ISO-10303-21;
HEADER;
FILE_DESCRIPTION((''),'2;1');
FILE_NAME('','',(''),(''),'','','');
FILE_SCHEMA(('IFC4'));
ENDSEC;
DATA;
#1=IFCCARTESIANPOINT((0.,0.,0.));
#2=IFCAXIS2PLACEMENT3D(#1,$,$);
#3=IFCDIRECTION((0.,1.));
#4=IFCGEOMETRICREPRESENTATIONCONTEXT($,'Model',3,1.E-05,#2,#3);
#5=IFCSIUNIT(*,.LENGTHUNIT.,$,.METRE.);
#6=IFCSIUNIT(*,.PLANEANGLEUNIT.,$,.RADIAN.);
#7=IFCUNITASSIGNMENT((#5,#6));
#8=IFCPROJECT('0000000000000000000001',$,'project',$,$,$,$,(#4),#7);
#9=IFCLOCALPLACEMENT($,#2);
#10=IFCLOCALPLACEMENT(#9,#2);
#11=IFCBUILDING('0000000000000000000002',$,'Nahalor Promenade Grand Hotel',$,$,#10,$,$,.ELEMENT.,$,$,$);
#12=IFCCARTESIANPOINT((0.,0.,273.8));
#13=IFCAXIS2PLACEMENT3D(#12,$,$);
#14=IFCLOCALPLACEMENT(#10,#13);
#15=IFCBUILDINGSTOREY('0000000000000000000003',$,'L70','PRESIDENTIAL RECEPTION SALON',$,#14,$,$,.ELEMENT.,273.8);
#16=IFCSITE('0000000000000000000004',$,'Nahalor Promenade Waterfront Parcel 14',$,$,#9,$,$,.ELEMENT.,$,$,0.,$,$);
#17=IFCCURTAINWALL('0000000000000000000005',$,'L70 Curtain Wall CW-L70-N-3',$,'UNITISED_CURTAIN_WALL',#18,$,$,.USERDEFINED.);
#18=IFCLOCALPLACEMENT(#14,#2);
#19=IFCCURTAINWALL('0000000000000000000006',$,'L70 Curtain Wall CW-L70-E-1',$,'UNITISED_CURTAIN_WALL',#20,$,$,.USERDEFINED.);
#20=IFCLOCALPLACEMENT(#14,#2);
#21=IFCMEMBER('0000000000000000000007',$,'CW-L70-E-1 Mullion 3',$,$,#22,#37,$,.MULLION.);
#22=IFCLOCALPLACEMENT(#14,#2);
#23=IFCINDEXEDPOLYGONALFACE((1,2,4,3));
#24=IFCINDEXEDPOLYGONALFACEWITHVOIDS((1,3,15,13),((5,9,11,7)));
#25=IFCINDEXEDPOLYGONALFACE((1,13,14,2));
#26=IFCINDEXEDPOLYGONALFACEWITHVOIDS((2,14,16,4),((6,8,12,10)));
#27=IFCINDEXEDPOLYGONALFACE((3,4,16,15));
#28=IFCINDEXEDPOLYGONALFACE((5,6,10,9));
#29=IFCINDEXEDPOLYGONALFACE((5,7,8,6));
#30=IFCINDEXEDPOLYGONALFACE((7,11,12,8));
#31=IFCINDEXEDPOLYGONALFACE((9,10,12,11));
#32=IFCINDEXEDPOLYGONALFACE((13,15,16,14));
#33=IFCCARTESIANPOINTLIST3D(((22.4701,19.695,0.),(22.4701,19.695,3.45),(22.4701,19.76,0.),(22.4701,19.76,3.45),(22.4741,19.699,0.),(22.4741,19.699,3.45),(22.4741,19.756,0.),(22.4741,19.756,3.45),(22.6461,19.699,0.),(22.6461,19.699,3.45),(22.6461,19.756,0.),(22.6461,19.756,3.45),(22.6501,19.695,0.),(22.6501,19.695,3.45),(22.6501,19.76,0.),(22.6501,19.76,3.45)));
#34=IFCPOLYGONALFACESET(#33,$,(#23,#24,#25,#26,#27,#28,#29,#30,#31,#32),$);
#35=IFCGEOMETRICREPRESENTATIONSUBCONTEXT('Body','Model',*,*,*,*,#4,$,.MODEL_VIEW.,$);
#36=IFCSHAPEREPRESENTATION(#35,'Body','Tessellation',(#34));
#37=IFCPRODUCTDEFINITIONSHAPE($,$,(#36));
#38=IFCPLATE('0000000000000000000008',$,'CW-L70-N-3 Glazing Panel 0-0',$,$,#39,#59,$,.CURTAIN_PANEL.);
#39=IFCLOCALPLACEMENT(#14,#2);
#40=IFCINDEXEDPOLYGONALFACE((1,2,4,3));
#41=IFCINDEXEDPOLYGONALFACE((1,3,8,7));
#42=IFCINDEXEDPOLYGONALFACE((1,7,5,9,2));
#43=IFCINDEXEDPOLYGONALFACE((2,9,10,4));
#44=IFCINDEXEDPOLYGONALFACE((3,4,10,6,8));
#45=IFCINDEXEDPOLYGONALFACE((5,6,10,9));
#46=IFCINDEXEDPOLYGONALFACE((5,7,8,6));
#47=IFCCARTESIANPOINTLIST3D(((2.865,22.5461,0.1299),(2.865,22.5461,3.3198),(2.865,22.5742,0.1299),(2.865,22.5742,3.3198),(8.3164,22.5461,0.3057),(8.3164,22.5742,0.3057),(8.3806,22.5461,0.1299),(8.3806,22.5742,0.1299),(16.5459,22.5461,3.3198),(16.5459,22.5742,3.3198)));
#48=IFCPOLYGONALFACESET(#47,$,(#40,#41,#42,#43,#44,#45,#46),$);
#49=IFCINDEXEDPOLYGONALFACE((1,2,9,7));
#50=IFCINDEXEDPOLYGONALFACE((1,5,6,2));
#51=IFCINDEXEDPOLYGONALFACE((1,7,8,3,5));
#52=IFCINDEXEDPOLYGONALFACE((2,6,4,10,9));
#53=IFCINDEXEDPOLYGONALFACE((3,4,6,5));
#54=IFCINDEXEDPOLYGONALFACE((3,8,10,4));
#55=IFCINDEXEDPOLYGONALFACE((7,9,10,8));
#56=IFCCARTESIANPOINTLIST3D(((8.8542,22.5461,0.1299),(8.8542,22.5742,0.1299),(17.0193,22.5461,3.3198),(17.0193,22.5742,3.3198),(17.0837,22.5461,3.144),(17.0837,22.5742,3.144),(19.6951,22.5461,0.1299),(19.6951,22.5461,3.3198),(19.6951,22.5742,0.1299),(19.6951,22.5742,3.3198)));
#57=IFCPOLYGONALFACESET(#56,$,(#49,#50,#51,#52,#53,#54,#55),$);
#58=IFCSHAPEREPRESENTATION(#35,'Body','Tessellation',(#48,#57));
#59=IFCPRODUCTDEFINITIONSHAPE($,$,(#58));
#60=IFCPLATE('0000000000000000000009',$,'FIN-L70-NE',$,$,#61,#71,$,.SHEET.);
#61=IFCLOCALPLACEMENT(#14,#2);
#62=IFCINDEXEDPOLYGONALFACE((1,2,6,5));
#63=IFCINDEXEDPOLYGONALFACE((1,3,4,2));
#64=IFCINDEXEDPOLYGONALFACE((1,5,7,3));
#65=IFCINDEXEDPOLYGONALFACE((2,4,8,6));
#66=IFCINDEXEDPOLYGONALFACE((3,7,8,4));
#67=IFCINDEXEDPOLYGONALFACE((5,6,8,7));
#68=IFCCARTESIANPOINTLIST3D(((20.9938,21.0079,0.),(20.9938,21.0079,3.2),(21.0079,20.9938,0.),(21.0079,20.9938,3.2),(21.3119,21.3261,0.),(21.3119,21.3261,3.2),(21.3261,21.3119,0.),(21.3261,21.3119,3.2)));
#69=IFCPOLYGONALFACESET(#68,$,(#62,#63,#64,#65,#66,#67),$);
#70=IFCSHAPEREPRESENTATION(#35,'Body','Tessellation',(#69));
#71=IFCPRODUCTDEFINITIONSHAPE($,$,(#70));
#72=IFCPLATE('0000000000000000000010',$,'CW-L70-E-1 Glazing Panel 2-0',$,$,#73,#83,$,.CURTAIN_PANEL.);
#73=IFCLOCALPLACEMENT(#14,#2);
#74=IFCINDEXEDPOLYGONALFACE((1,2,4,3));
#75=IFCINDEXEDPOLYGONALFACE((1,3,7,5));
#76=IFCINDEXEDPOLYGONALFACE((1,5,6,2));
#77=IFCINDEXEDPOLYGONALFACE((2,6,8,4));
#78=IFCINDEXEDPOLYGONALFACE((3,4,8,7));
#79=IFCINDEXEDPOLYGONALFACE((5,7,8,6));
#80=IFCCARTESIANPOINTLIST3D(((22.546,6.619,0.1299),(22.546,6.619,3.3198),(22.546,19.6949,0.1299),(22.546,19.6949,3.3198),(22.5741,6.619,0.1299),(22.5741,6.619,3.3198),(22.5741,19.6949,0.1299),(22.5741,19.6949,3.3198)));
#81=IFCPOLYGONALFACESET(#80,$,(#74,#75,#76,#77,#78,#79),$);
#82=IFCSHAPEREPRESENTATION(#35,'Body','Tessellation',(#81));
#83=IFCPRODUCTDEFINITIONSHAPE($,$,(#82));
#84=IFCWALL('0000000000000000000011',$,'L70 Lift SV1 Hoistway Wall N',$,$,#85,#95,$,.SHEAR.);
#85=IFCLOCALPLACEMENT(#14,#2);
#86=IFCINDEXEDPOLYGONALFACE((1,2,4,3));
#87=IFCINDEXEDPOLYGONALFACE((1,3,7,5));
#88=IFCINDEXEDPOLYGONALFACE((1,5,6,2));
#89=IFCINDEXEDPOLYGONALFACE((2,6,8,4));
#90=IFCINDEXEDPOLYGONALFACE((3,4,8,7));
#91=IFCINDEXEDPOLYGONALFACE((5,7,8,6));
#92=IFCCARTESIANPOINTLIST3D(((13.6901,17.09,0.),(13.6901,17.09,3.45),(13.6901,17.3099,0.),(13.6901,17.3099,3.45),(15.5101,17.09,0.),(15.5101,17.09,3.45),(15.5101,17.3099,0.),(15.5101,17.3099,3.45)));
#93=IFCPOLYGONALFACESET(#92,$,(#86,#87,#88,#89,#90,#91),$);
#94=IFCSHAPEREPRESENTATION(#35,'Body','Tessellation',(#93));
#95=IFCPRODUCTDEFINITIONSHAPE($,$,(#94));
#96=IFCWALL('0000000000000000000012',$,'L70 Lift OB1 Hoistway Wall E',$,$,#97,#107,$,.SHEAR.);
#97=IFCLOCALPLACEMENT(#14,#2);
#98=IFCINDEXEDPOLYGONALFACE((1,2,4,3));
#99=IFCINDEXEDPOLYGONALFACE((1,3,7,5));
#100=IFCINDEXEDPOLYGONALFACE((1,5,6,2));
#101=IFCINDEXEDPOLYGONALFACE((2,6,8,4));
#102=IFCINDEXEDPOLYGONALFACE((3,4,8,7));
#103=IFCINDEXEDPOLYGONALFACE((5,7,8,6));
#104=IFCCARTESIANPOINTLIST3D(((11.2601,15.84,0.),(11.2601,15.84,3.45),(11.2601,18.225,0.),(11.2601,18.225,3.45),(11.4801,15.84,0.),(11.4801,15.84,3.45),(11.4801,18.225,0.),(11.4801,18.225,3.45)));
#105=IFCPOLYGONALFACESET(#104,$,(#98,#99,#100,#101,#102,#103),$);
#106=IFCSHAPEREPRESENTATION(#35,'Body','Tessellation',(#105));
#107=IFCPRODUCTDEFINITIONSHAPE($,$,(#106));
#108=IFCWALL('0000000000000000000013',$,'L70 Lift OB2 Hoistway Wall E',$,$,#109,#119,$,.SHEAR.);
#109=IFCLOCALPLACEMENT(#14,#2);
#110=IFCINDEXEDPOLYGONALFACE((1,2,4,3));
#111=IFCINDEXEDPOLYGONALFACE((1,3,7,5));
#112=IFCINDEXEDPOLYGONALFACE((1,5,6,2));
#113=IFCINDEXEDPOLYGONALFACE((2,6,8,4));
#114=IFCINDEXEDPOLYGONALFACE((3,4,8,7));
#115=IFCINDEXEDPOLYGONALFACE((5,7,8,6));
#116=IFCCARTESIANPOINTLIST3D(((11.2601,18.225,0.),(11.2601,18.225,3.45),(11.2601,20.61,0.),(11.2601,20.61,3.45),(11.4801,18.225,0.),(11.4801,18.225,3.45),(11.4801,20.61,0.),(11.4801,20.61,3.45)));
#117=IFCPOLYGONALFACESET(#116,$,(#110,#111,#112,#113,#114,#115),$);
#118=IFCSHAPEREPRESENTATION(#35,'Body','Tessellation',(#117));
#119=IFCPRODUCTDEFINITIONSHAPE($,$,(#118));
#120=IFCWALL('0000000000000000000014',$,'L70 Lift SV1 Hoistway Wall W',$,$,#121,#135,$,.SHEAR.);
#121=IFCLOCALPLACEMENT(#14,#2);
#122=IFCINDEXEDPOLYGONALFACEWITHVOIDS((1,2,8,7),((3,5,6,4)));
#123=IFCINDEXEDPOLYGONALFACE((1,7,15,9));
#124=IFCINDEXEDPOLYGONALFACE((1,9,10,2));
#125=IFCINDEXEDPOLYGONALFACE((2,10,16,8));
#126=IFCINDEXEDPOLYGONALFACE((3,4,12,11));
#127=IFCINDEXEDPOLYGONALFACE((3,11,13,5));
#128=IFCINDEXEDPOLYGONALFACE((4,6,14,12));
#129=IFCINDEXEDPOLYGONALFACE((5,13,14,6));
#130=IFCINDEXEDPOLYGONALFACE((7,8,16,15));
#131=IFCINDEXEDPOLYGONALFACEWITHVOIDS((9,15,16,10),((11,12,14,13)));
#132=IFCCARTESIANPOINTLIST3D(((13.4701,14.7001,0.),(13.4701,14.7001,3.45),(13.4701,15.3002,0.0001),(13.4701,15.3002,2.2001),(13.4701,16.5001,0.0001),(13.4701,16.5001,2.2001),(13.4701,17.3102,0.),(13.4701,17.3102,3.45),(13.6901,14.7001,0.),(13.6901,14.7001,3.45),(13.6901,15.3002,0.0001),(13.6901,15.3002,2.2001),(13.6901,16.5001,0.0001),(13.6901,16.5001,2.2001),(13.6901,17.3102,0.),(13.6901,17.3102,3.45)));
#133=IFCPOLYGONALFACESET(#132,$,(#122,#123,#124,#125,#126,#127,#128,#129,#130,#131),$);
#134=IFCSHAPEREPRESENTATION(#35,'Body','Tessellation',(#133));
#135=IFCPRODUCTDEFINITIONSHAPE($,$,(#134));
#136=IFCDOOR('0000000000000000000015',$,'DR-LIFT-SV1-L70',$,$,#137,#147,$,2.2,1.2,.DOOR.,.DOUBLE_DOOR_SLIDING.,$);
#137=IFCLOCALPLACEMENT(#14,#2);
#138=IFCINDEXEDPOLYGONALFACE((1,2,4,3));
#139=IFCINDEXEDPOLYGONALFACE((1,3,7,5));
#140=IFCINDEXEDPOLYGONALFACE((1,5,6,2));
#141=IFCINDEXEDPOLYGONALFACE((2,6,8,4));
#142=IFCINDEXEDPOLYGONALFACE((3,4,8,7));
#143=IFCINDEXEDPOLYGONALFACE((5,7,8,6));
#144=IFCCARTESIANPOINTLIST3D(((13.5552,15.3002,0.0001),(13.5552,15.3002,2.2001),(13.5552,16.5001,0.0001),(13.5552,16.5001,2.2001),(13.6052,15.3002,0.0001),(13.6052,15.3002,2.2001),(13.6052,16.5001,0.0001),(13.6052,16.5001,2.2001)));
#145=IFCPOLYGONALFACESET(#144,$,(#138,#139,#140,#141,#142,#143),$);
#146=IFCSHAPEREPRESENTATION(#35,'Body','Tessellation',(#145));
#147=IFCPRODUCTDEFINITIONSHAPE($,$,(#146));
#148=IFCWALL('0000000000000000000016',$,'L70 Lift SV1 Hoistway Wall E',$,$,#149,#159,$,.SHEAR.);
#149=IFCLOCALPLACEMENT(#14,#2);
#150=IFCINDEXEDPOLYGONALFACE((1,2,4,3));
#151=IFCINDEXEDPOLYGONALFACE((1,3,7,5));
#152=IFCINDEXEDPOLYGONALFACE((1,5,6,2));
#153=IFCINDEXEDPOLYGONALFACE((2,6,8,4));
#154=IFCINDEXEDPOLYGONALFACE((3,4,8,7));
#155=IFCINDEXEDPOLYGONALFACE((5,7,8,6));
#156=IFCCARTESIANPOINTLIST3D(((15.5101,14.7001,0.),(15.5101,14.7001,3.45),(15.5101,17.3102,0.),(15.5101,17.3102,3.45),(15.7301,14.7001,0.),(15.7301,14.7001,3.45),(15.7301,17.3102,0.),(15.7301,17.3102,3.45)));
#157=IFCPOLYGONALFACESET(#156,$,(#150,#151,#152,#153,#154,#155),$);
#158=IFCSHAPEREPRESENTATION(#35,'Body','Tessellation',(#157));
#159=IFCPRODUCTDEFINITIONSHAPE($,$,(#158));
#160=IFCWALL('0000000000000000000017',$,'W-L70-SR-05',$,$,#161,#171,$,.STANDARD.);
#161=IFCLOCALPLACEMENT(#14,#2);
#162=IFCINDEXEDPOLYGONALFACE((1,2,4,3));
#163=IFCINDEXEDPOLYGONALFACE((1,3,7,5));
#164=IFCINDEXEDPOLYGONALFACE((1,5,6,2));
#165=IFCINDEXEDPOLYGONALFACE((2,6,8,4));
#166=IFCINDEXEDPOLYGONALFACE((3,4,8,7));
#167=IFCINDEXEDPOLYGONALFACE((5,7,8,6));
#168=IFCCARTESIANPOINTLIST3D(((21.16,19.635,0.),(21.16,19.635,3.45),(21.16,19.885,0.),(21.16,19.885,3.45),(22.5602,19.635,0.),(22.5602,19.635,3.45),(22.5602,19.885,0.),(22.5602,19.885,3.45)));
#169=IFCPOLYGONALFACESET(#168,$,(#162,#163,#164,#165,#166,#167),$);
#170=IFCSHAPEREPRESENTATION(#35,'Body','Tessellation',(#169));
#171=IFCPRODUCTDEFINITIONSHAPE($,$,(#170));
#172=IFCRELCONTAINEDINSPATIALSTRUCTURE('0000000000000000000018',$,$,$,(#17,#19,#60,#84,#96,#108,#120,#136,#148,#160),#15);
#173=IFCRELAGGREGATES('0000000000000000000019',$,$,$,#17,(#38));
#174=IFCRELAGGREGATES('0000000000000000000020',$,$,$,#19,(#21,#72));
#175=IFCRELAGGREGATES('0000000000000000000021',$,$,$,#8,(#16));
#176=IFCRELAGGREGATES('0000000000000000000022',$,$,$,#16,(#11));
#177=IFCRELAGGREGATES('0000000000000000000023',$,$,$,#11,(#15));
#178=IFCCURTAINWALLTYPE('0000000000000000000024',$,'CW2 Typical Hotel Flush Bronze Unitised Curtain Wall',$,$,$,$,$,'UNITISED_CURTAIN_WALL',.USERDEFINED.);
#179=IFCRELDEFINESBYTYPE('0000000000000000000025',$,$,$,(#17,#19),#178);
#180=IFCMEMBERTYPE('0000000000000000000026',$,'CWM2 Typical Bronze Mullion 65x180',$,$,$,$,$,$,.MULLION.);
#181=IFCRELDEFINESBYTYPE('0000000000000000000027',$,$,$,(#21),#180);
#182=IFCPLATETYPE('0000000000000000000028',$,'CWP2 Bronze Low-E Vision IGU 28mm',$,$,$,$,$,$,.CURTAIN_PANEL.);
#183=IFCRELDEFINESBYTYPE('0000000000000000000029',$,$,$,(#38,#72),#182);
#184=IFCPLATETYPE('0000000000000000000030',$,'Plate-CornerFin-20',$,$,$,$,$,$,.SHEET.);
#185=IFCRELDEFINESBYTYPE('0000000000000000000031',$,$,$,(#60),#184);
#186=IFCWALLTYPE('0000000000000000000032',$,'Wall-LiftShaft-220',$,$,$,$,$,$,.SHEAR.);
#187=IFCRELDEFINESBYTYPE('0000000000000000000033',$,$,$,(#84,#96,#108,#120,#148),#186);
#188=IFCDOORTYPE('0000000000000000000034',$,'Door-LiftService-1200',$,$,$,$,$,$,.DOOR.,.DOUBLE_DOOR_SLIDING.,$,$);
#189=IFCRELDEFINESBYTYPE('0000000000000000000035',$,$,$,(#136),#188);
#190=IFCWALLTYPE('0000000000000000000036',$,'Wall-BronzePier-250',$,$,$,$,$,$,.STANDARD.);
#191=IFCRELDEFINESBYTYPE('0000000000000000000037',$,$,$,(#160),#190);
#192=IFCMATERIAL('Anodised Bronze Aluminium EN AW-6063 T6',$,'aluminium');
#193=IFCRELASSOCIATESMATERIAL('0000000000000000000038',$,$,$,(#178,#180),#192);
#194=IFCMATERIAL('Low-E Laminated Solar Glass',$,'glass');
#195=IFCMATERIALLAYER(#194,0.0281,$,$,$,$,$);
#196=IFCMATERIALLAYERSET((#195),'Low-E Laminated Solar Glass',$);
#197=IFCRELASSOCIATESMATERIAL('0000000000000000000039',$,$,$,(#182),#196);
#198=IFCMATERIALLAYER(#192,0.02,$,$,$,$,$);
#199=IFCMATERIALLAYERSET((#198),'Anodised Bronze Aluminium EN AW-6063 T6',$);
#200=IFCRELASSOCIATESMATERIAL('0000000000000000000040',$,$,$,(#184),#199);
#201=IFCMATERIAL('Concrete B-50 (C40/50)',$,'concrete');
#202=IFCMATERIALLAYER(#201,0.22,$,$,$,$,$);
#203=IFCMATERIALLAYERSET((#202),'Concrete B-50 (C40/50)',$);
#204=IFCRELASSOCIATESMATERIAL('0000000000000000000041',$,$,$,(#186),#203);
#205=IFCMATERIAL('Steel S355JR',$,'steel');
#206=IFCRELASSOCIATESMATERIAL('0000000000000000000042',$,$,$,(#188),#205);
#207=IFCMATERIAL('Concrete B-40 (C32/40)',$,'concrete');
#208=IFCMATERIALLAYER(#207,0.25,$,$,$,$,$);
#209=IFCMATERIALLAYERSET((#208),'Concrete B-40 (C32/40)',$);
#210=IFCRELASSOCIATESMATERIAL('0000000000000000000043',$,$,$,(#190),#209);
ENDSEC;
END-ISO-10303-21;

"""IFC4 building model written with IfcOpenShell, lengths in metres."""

from ifc_helpers import new_model, si_unit, direction, frame, frame_2d, origin, origin_2d, place, context, subcontext, project, spatial, polyline, rectangle, hollow_rectangle, outline, extrude, source, transform, mapped, material, layer, layer_set, material_profile, profile_set, type_object, element, fill, aggregate, save


model = new_model("IFC4")

# Units and contexts
model_context = context("Model", 3, precision=1e-05, world=origin(), true_north=direction((0.0, 1.0)))
body_context = subcontext(model_context, "Body", "Model", "MODEL_VIEW")
ifc_project = project(units=[si_unit("LENGTHUNIT", "METRE"), si_unit("PLANEANGLEUNIT", "RADIAN")], contexts=[model_context])

# Site, building, storey
site_placement = place(None, origin())
site = spatial("IfcSite", under=ifc_project, at=site_placement, Name="Nahalor Promenade Waterfront Parcel 14", CompositionType="ELEMENT", RefElevation=0.0)
building_placement = place(site_placement, origin())
building = spatial("IfcBuilding", under=site, at=building_placement, Name="Nahalor Promenade Grand Hotel", CompositionType="ELEMENT")
storey_placement = place(building_placement, frame((0.0, 0.0, 273.8)))
storey = spatial("IfcBuildingStorey", under=building, at=storey_placement, Name="L70", Description="PRESIDENTIAL RECEPTION SALON", CompositionType="ELEMENT", Elevation=273.8)

# Shared definitions
ifc_material_1 = material(Name="Concrete B-50 (C40/50)", Category="concrete")
ifc_material_2 = material(Name="Steel S355JR", Category="steel")

# Curtain walls, member
ifc_material_3 = material(Name="Anodised Bronze Aluminium EN AW-6063 T6", Category="aluminium")
curtain_wall_type = type_object("IfcCurtainWallType", Name="CW2 Typical Hotel Flush Bronze Unitised Curtain Wall", ElementType="UNITISED_CURTAIN_WALL", PredefinedType="USERDEFINED", material=ifc_material_3)
curtain_wall_1_placement = place(storey_placement, origin())
curtain_wall_1 = element("IfcCurtainWall", 1, at=curtain_wall_1_placement, inside=storey, type_object=curtain_wall_type, Name="L70 Curtain Wall CW-L70-N-3", ObjectType="UNITISED_CURTAIN_WALL", PredefinedType="USERDEFINED")
ifc_material_profile_1 = material_profile(ifc_material_3, hollow_rectangle(XDim=0.065, YDim=0.18, WallThickness=0.004, at=origin_2d()), Name="CWM 65x180x4")
ifc_profile_set_1 = profile_set([ifc_material_profile_1], Name="Anodised Bronze Aluminium EN AW-6063 T6")
member_type = type_object("IfcMemberType", Name="CWM2 Typical Bronze Mullion 65x180", PredefinedType="MULLION", material=ifc_profile_set_1)
shared_shape_1 = source(origin(), body_context, "Body", "SweptSolid", [
    extrude(hollow_rectangle(XDim=0.065, YDim=0.18, WallThickness=0.004, at=origin_2d()), origin(), (0.0, 0.0, 1.0), 3.45),
])
curtain_wall_2_placement = place(storey_placement, origin())
curtain_wall_2 = element("IfcCurtainWall", 2, at=curtain_wall_2_placement, inside=storey, type_object=curtain_wall_type, Name="L70 Curtain Wall CW-L70-E-1", ObjectType="UNITISED_CURTAIN_WALL", PredefinedType="USERDEFINED")
member_1_placement = place(storey_placement, frame((22.5601, 19.7275, 0.0), z_axis=(0.0, 0.0, 1.0), x_axis=(0.0, 1.0, 0.0)))
member_1 = element("IfcMember", 3, at=member_1_placement, type_object=member_type, Name="CW-L70-E-1 Mullion 3", PredefinedType="MULLION", context=body_context, shape_type="MappedRepresentation", body=[
    mapped(shared_shape_1, transform((0.0, 0.0, 0.0), scale=1.0)),
])

# Plates
ifc_material_4 = material(Name="Low-E Laminated Solar Glass", Category="glass")
ifc_layer_1 = layer(ifc_material_4, 0.0281)
ifc_layer_set_1 = layer_set([ifc_layer_1], Name="Low-E Laminated Solar Glass")
plate_type_1 = type_object("IfcPlateType", Name="CWP2 Bronze Low-E Vision IGU 28mm", PredefinedType="CURTAIN_PANEL", material=ifc_layer_set_1)
plate_1_placement = place(storey_placement, frame((11.28, 22.5601, 0.1299), z_axis=(0.0, 0.0, 1.0), x_axis=(1.0, 0.0, 0.0)))
plate_1 = element("IfcPlate", 4, at=plate_1_placement, type_object=plate_type_1, Name="CW-L70-N-3 Glazing Panel 0-0", PredefinedType="CURTAIN_PANEL", context=body_context, shape_type="SweptSolid", body=[
    extrude(outline(polyline([(-8.415, 3.1899), (-8.415, 0.0), (-2.8994, 0.0), (-2.9636, 0.1758), (5.2659, 3.1899), (-8.415, 3.1899)])), frame((0.0, 0.0142, 0.0), z_axis=(0.0, -1.0, 0.0), x_axis=(1.0, 0.0, 0.0)), (0.0, 0.0, 1.0), 0.0281),
    extrude(outline(polyline([(8.415, 0.0), (8.415, 3.1899), (5.7393, 3.1899), (5.8037, 3.0142), (-2.4258, 0.0), (8.415, 0.0)])), frame((0.0, 0.0142, 0.0), z_axis=(0.0, -1.0, 0.0), x_axis=(1.0, 0.0, 0.0)), (0.0, 0.0, 1.0), 0.0281),
])
aggregate(curtain_wall_1, [plate_1])
ifc_layer_2 = layer(ifc_material_3, 0.02)
ifc_layer_set_2 = layer_set([ifc_layer_2], Name="Anodised Bronze Aluminium EN AW-6063 T6")
plate_type_2 = type_object("IfcPlateType", Name="Plate-CornerFin-20", PredefinedType="SHEET", material=ifc_layer_set_2)
shared_shape_2 = source(origin(), body_context, "Body", "SweptSolid", [
    extrude(rectangle(XDim=0.45, YDim=0.02, at=origin_2d()), origin(), (0.0, 0.0, 1.0), 3.2),
])
plate_2_placement = place(storey_placement, frame((21.1599, 21.1599, 0.0), z_axis=(0.0, 0.0, 1.0), x_axis=(0.707107, 0.707107, 0.0)))
element("IfcPlate", 5, at=plate_2_placement, inside=storey, type_object=plate_type_2, Name="FIN-L70-NE", PredefinedType="SHEET", context=body_context, shape_type="MappedRepresentation", body=[
    mapped(shared_shape_2, transform((0.0, 0.0, 0.0), scale=1.0)),
])
shared_shape_3 = source(origin(), body_context, "Body", "SweptSolid", [
    extrude(rectangle(XDim=13.0759, YDim=0.0281, at=origin_2d()), origin(), (0.0, 0.0, 1.0), 3.1899),
])
plate_3_placement = place(storey_placement, frame((22.5601, 13.157, 0.1299), z_axis=(0.0, 0.0, 1.0), x_axis=(0.0, 1.0, 0.0)))
plate_3 = element("IfcPlate", 6, at=plate_3_placement, type_object=plate_type_1, Name="CW-L70-E-1 Glazing Panel 2-0", PredefinedType="CURTAIN_PANEL", context=body_context, shape_type="MappedRepresentation", body=[
    mapped(shared_shape_3, transform((0.0, 0.0, 0.0), scale=1.0)),
])
aggregate(curtain_wall_2, [member_1, plate_3])

# Walls
ifc_layer_3 = layer(ifc_material_1, 0.22)
ifc_layer_set_3 = layer_set([ifc_layer_3], Name="Concrete B-50 (C40/50)")
wall_type_1 = type_object("IfcWallType", Name="Wall-LiftShaft-220", PredefinedType="SHEAR", material=ifc_layer_set_3)
shared_shape_4 = source(origin(), body_context, "Body", "SweptSolid", [
    extrude(rectangle(XDim=1.8201, YDim=0.22, at=frame_2d((0.9102, 0.0))), origin(), (0.0, 0.0, 1.0), 3.45),
])
wall_1_placement = place(storey_placement, frame((13.6899, 17.2, 0.0), z_axis=(0.0, 0.0, 1.0), x_axis=(1.0, 0.0, 0.0)))
element("IfcWall", 7, at=wall_1_placement, inside=storey, type_object=wall_type_1, Name="L70 Lift SV1 Hoistway Wall N", PredefinedType="SHEAR", context=body_context, shape_type="MappedRepresentation", body=[
    mapped(shared_shape_4, transform((0.0, 0.0, 0.0), scale=1.0)),
])
shared_shape_5 = source(origin(), body_context, "Body", "SweptSolid", [
    extrude(rectangle(XDim=2.385, YDim=0.22, at=frame_2d((1.1924, 0.0))), origin(), (0.0, 0.0, 1.0), 3.45),
])
for number, where, z_axis, x_axis, name in (
    (8, (11.3701, 15.8401, 0.0), (0.0, 0.0, 1.0), (0.0, 1.0, 0.0), "L70 Lift OB1 Hoistway Wall E"),
    (9, (11.3701, 18.2251, 0.0), (0.0, 0.0, 1.0), (0.0, 1.0, 0.0), "L70 Lift OB2 Hoistway Wall E"),
):
    element("IfcWall", number, at=place(storey_placement, frame(where, z_axis=z_axis, x_axis=x_axis)), inside=storey, type_object=wall_type_1, Name=name, PredefinedType="SHEAR", context=body_context, shape_type="MappedRepresentation", body=[
        mapped(shared_shape_5, transform((0.0, 0.0, 0.0), scale=1.0)),
    ])

# Wall, opening, door
shared_shape_6 = source(origin(), body_context, "Body", "SweptSolid", [
    extrude(rectangle(XDim=2.6101, YDim=0.22, at=frame_2d((1.3052, 0.0))), origin(), (0.0, 0.0, 1.0), 3.45),
])
wall_2_placement = place(storey_placement, frame((13.5801, 14.7, 0.0), z_axis=(0.0, 0.0, 1.0), x_axis=(0.0, 1.0, 0.0)))
wall_2 = element("IfcWall", 10, at=wall_2_placement, inside=storey, type_object=wall_type_1, Name="L70 Lift SV1 Hoistway Wall W", PredefinedType="SHEAR", context=body_context, shape_type="MappedRepresentation", body=[
    mapped(shared_shape_6, transform((0.0, 0.0, 0.0), scale=1.0)),
])
opening_placement = place(wall_2_placement, frame((0.6001, 0.0, 0.0)))
opening = element("IfcOpeningElement", 11, at=opening_placement, cuts=wall_2, PredefinedType="OPENING", context=body_context, shape_type="SweptSolid", body=[
    extrude(rectangle(XDim=1.2, YDim=2.2, at=frame_2d((0.6001, 1.1001))), frame((0.0, 0.1199, 0.0), z_axis=(0.0, -1.0, 0.0), x_axis=(1.0, 0.0, 0.0)), (0.0, 0.0, 1.0), 0.24),
])
door_type = type_object("IfcDoorType", Name="Door-LiftService-1200", OperationType="DOUBLE_DOOR_SLIDING", PredefinedType="DOOR", material=ifc_material_2)
shared_shape_7 = source(origin(), body_context, "Body", "SweptSolid", [
    extrude(rectangle(XDim=1.2, YDim=2.2, at=frame_2d((0.6001, 1.1001))), frame((0.0, 0.0249, 0.0), z_axis=(0.0, -1.0, 0.0), x_axis=(1.0, 0.0, 0.0)), (0.0, 0.0, 1.0), 0.05),
])
door_placement = place(opening_placement, origin())
door = element("IfcDoor", 12, at=door_placement, inside=storey, type_object=door_type, Name="DR-LIFT-SV1-L70", OperationType="DOUBLE_DOOR_SLIDING", OverallHeight=2.2, OverallWidth=1.2, PredefinedType="DOOR", context=body_context, shape_type="MappedRepresentation", body=[
    mapped(shared_shape_7, transform((0.0, 0.0, 0.0), scale=1.0)),
])
fill(opening, door)

# Walls
wall_3_placement = place(storey_placement, frame((15.6201, 14.7, 0.0), z_axis=(0.0, 0.0, 1.0), x_axis=(0.0, 1.0, 0.0)))
element("IfcWall", 13, at=wall_3_placement, inside=storey, type_object=wall_type_1, Name="L70 Lift SV1 Hoistway Wall E", PredefinedType="SHEAR", context=body_context, shape_type="MappedRepresentation", body=[
    mapped(shared_shape_6, transform((0.0, 0.0, 0.0), scale=1.0)),
])
ifc_material_5 = material(Name="Concrete B-40 (C32/40)", Category="concrete")
ifc_layer_4 = layer(ifc_material_5, 0.25)
ifc_layer_set_4 = layer_set([ifc_layer_4], Name="Concrete B-40 (C32/40)")
wall_type_2 = type_object("IfcWallType", Name="Wall-BronzePier-250", PredefinedType="STANDARD", material=ifc_layer_set_4)
shared_shape_8 = source(origin(), body_context, "Body", "SweptSolid", [
    extrude(rectangle(XDim=1.4001, YDim=0.25, at=frame_2d((0.7002, 0.0))), origin(), (0.0, 0.0, 1.0), 3.45),
])
for number, where, z_axis, x_axis, name in (
    (14, (21.1599, 19.76, 0.0), (0.0, 0.0, 1.0), (1.0, 0.0, 0.0), "W-L70-SR-05"),
):
    element("IfcWall", number, at=place(storey_placement, frame(where, z_axis=z_axis, x_axis=x_axis)), inside=storey, type_object=wall_type_2, Name=name, PredefinedType="STANDARD", context=body_context, shape_type="MappedRepresentation", body=[
        mapped(shared_shape_8, transform((0.0, 0.0, 0.0), scale=1.0)),
    ])

save(model, "model.ifc")
